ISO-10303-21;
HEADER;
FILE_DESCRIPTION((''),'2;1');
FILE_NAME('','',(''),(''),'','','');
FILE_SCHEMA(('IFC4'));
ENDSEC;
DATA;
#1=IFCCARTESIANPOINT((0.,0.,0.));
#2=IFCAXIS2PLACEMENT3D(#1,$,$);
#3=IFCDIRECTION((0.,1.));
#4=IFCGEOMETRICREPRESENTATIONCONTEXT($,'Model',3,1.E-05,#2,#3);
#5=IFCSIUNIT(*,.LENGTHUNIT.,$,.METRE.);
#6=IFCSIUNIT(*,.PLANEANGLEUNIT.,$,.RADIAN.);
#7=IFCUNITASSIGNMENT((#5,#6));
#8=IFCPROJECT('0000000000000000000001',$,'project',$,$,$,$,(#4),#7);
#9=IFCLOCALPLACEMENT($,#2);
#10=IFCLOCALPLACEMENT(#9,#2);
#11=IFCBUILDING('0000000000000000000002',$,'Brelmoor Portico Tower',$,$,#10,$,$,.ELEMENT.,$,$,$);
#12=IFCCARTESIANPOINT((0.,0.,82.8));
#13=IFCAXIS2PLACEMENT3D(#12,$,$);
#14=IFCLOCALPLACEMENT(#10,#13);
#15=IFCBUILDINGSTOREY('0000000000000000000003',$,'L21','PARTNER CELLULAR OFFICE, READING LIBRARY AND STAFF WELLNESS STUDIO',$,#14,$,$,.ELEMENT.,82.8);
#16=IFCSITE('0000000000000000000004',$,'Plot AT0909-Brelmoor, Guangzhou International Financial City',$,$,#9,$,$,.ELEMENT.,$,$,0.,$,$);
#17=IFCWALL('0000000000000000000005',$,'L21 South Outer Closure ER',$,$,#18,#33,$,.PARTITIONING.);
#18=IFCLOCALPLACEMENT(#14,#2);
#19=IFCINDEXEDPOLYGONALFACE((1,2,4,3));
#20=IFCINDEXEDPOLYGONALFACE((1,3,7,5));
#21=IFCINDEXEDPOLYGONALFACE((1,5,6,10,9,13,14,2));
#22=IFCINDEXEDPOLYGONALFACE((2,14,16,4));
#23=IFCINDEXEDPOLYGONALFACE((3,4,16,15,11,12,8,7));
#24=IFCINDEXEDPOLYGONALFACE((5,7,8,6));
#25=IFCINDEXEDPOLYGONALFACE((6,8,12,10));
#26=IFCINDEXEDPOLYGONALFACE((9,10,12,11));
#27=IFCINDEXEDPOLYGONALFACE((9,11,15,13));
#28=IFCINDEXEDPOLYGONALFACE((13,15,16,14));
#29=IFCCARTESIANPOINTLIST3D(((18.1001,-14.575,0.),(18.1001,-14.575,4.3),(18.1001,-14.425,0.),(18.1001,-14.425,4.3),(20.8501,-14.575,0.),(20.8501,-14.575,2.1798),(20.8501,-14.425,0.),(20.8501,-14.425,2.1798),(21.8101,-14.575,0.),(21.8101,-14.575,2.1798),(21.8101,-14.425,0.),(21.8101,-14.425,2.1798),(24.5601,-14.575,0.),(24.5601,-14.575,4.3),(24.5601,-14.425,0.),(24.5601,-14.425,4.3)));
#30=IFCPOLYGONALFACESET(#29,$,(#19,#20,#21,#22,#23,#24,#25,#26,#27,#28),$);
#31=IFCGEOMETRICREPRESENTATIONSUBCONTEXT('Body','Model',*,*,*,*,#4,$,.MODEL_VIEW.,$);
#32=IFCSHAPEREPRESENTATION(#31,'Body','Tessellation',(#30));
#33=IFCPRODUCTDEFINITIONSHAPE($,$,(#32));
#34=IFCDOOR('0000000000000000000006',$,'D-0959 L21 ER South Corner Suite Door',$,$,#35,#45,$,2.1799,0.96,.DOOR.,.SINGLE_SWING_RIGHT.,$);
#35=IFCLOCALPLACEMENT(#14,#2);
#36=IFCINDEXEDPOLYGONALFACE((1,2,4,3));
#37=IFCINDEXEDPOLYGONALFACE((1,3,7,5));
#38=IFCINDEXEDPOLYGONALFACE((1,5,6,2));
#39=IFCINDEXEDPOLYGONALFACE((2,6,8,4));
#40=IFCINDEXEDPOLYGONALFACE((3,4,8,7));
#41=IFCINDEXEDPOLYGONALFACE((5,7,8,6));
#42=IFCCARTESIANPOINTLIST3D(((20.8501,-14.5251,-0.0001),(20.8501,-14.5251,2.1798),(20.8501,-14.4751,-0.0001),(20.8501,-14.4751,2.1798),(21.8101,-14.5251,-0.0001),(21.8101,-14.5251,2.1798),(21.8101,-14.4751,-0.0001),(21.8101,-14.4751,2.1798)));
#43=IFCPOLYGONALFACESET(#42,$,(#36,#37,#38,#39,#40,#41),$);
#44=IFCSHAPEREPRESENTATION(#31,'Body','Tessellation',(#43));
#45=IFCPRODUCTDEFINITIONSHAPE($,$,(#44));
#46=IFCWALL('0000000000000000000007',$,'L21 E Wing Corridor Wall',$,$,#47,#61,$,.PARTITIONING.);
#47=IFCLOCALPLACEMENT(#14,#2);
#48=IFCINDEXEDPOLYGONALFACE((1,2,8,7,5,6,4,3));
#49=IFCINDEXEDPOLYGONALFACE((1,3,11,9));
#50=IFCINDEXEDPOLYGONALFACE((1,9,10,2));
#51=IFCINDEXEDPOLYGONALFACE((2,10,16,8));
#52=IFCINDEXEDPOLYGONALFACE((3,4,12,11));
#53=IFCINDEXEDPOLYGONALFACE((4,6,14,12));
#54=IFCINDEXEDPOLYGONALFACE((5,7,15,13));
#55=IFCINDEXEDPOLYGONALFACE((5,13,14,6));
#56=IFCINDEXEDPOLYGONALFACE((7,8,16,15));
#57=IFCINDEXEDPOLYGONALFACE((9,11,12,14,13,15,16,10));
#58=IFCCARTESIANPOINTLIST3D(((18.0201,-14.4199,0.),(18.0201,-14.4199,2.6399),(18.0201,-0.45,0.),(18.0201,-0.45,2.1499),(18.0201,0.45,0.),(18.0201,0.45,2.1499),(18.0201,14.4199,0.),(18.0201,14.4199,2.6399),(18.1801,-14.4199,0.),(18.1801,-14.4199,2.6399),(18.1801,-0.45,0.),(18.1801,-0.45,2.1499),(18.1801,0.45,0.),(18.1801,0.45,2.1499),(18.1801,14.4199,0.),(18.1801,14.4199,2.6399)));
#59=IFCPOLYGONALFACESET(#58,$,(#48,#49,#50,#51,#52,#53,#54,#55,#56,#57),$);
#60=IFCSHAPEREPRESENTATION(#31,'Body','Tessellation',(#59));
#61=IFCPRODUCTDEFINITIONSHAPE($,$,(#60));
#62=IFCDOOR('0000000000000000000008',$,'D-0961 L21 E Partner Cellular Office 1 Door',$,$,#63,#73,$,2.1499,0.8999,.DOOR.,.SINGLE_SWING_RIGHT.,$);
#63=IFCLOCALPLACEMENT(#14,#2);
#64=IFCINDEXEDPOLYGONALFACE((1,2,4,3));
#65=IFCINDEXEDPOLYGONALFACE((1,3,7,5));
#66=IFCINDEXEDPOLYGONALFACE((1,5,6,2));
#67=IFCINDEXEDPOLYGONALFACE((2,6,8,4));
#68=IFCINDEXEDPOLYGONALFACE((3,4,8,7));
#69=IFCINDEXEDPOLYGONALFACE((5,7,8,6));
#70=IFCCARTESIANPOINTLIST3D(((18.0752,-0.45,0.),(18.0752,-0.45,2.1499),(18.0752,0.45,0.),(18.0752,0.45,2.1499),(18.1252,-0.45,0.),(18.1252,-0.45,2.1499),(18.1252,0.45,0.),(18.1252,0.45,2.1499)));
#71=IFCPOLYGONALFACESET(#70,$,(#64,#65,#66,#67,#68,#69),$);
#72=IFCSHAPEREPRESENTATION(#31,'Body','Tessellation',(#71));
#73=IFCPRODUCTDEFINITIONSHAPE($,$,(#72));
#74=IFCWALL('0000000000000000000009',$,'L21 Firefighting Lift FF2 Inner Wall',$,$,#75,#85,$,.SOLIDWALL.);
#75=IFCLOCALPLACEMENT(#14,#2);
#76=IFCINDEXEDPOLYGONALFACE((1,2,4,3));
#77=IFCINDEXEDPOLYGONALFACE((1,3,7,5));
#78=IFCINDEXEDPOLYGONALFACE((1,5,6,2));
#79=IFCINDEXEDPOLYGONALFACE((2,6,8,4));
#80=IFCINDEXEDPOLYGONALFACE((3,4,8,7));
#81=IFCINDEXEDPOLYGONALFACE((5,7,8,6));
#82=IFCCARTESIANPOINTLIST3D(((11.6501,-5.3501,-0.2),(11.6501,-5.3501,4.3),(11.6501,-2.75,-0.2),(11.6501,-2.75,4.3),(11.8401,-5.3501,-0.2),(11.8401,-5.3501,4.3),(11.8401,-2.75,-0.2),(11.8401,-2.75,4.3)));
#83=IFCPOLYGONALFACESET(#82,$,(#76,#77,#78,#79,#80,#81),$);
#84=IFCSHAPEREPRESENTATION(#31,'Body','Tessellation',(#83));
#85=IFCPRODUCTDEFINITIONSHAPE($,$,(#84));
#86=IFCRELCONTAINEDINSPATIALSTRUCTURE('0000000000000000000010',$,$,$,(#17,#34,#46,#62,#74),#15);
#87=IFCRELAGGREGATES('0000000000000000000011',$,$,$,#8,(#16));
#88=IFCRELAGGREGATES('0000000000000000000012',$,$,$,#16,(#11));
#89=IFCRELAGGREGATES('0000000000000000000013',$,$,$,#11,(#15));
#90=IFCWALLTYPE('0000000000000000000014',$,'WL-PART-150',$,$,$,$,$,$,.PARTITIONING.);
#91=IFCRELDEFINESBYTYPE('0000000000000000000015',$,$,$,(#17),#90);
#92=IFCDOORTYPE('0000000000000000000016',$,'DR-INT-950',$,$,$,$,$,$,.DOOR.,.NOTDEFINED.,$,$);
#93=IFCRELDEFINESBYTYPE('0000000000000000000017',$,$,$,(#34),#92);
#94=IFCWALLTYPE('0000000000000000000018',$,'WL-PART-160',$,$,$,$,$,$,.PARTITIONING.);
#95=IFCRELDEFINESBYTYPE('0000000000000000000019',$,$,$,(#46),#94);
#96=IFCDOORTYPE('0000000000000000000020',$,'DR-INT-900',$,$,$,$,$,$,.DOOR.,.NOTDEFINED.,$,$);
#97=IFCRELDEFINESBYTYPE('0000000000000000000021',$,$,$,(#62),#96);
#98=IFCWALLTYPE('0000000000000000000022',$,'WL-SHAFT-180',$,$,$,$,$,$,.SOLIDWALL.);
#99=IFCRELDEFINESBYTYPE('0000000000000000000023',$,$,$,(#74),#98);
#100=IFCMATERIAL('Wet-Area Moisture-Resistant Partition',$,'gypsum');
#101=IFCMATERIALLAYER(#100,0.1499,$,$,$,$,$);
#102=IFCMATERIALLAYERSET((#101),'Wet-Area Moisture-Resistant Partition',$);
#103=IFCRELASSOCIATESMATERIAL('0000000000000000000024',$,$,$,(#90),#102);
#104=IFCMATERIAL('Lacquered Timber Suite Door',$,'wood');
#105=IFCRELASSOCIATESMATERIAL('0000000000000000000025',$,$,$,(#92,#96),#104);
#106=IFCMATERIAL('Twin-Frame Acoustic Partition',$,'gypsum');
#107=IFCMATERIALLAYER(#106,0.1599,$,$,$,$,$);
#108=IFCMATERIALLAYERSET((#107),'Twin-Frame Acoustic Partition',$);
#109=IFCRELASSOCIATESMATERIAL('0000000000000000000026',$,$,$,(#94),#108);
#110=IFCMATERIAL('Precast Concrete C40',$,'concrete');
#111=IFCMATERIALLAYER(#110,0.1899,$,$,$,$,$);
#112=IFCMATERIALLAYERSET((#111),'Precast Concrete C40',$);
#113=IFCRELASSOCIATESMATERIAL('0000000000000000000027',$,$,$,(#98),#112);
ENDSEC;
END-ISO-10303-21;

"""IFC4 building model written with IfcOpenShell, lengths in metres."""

from ifc_helpers import new_model, si_unit, direction, frame, frame_2d, origin, place, context, subcontext, project, spatial, rectangle, extrude, material, layer, layer_set, type_object, element, fill, save


model = new_model("IFC4")

# Units and contexts
model_context = context("Model", 3, precision=1e-05, world=origin(), true_north=direction((0.0, 1.0)))
body_context = subcontext(model_context, "Body", "Model", "MODEL_VIEW")
ifc_project = project(units=[si_unit("LENGTHUNIT", "METRE"), si_unit("PLANEANGLEUNIT", "RADIAN")], contexts=[model_context])

# Site, building, storey
site_placement = place(None, origin())
site = spatial("IfcSite", under=ifc_project, at=site_placement, Name="Plot AT0909-Brelmoor, Guangzhou International Financial City", CompositionType="ELEMENT", RefElevation=0.0)
building_placement = place(site_placement, origin())
building = spatial("IfcBuilding", under=site, at=building_placement, Name="Brelmoor Portico Tower", CompositionType="ELEMENT")
storey_placement = place(building_placement, frame((0.0, 0.0, 82.8)))
storey = spatial("IfcBuildingStorey", under=building, at=storey_placement, Name="L21", Description="PARTNER CELLULAR OFFICE, READING LIBRARY AND STAFF WELLNESS STUDIO", CompositionType="ELEMENT", Elevation=82.8)

# Walls, openings, doors
ifc_material_1 = material(Name="Wet-Area Moisture-Resistant Partition", Category="gypsum")
ifc_layer_1 = layer(ifc_material_1, 0.1499)
ifc_layer_set_1 = layer_set([ifc_layer_1], Name="Wet-Area Moisture-Resistant Partition")
wall_type_1 = type_object("IfcWallType", Name="WL-PART-150", PredefinedType="PARTITIONING", material=ifc_layer_set_1)
wall_1_placement = place(storey_placement, frame((18.1001, -14.5, 0.0), z_axis=(0.0, 0.0, 1.0), x_axis=(1.0, 0.0, 0.0)))
wall_1 = element("IfcWall", 1, at=wall_1_placement, inside=storey, type_object=wall_type_1, Name="L21 South Outer Closure ER", PredefinedType="PARTITIONING", context=body_context, shape_type="SweptSolid", body=[
    extrude(rectangle(XDim=6.46, YDim=0.1499, at=frame_2d((3.23, 0.0))), origin(), (0.0, 0.0, 1.0), 4.3),
])
opening_1_placement = place(wall_1_placement, frame((2.75, 0.0, 0.0)))
opening_1 = element("IfcOpeningElement", 2, at=opening_1_placement, cuts=wall_1, PredefinedType="OPENING", context=body_context, shape_type="SweptSolid", body=[
    extrude(rectangle(XDim=0.96, YDim=2.1799, at=frame_2d((0.48, 1.0898))), frame((0.0, 0.085, 0.0), z_axis=(0.0, -1.0, 0.0), x_axis=(1.0, 0.0, 0.0)), (0.0, 0.0, 1.0), 0.1699),
])
ifc_material_2 = material(Name="Lacquered Timber Suite Door", Category="wood")
door_type_1 = type_object("IfcDoorType", Name="DR-INT-950", OperationType="NOTDEFINED", PredefinedType="DOOR", material=ifc_material_2)
door_1_placement = place(opening_1_placement, origin())
door_1 = element("IfcDoor", 3, at=door_1_placement, inside=storey, type_object=door_type_1, Name="D-0959 L21 ER South Corner Suite Door", OperationType="SINGLE_SWING_RIGHT", OverallHeight=2.1799, OverallWidth=0.96, PredefinedType="DOOR", context=body_context, shape_type="SweptSolid", body=[
    extrude(rectangle(XDim=0.96, YDim=2.1799, at=frame_2d((0.48, 1.0898))), frame((0.0, 0.0249, 0.0), z_axis=(0.0, -1.0, 0.0), x_axis=(1.0, 0.0, 0.0)), (0.0, 0.0, 1.0), 0.05),
])
fill(opening_1, door_1)
ifc_material_3 = material(Name="Twin-Frame Acoustic Partition", Category="gypsum")
ifc_layer_2 = layer(ifc_material_3, 0.1599)
ifc_layer_set_2 = layer_set([ifc_layer_2], Name="Twin-Frame Acoustic Partition")
wall_type_2 = type_object("IfcWallType", Name="WL-PART-160", PredefinedType="PARTITIONING", material=ifc_layer_set_2)
wall_2_placement = place(storey_placement, frame((18.1001, -14.4199, 0.0), z_axis=(0.0, 0.0, 1.0), x_axis=(0.0, 1.0, 0.0)))
wall_2 = element("IfcWall", 4, at=wall_2_placement, inside=storey, type_object=wall_type_2, Name="L21 E Wing Corridor Wall", PredefinedType="PARTITIONING", context=body_context, shape_type="SweptSolid", body=[
    extrude(rectangle(XDim=28.8398, YDim=0.1599, at=frame_2d((14.4199, 0.0))), origin(), (0.0, 0.0, 1.0), 2.6399),
])
opening_2_placement = place(wall_2_placement, frame((13.97, 0.0, 0.0)))
opening_2 = element("IfcOpeningElement", 5, at=opening_2_placement, cuts=wall_2, PredefinedType="OPENING", context=body_context, shape_type="SweptSolid", body=[
    extrude(rectangle(XDim=0.8999, YDim=2.1499, at=frame_2d((0.45, 1.075))), frame((0.0, 0.0898, 0.0), z_axis=(0.0, -1.0, 0.0), x_axis=(1.0, 0.0, 0.0)), (0.0, 0.0, 1.0), 0.1799),
])
door_type_2 = type_object("IfcDoorType", Name="DR-INT-900", OperationType="NOTDEFINED", PredefinedType="DOOR", material=ifc_material_2)
door_2_placement = place(opening_2_placement, origin())
door_2 = element("IfcDoor", 6, at=door_2_placement, inside=storey, type_object=door_type_2, Name="D-0961 L21 E Partner Cellular Office 1 Door", OperationType="SINGLE_SWING_RIGHT", OverallHeight=2.1499, OverallWidth=0.8999, PredefinedType="DOOR", context=body_context, shape_type="SweptSolid", body=[
    extrude(rectangle(XDim=0.8999, YDim=2.1499, at=frame_2d((0.45, 1.075))), frame((0.0, 0.0249, 0.0), z_axis=(0.0, -1.0, 0.0), x_axis=(1.0, 0.0, 0.0)), (0.0, 0.0, 1.0), 0.05),
])
fill(opening_2, door_2)

# Wall
ifc_material_4 = material(Name="Precast Concrete C40", Category="concrete")
ifc_layer_3 = layer(ifc_material_4, 0.1899)
ifc_layer_set_3 = layer_set([ifc_layer_3], Name="Precast Concrete C40")
wall_type_3 = type_object("IfcWallType", Name="WL-SHAFT-180", PredefinedType="SOLIDWALL", material=ifc_layer_set_3)
wall_3_placement = place(storey_placement, frame((11.7451, -5.3501, -0.2), z_axis=(0.0, 0.0, 1.0), x_axis=(0.0, 1.0, 0.0)))
element("IfcWall", 7, at=wall_3_placement, inside=storey, type_object=wall_type_3, Name="L21 Firefighting Lift FF2 Inner Wall", PredefinedType="SOLIDWALL", context=body_context, shape_type="SweptSolid", body=[
    extrude(rectangle(XDim=2.6001, YDim=0.1899, at=frame_2d((1.3, 0.0))), origin(), (0.0, 0.0, 1.0), 4.5),
])

save(model, "model.ifc")
